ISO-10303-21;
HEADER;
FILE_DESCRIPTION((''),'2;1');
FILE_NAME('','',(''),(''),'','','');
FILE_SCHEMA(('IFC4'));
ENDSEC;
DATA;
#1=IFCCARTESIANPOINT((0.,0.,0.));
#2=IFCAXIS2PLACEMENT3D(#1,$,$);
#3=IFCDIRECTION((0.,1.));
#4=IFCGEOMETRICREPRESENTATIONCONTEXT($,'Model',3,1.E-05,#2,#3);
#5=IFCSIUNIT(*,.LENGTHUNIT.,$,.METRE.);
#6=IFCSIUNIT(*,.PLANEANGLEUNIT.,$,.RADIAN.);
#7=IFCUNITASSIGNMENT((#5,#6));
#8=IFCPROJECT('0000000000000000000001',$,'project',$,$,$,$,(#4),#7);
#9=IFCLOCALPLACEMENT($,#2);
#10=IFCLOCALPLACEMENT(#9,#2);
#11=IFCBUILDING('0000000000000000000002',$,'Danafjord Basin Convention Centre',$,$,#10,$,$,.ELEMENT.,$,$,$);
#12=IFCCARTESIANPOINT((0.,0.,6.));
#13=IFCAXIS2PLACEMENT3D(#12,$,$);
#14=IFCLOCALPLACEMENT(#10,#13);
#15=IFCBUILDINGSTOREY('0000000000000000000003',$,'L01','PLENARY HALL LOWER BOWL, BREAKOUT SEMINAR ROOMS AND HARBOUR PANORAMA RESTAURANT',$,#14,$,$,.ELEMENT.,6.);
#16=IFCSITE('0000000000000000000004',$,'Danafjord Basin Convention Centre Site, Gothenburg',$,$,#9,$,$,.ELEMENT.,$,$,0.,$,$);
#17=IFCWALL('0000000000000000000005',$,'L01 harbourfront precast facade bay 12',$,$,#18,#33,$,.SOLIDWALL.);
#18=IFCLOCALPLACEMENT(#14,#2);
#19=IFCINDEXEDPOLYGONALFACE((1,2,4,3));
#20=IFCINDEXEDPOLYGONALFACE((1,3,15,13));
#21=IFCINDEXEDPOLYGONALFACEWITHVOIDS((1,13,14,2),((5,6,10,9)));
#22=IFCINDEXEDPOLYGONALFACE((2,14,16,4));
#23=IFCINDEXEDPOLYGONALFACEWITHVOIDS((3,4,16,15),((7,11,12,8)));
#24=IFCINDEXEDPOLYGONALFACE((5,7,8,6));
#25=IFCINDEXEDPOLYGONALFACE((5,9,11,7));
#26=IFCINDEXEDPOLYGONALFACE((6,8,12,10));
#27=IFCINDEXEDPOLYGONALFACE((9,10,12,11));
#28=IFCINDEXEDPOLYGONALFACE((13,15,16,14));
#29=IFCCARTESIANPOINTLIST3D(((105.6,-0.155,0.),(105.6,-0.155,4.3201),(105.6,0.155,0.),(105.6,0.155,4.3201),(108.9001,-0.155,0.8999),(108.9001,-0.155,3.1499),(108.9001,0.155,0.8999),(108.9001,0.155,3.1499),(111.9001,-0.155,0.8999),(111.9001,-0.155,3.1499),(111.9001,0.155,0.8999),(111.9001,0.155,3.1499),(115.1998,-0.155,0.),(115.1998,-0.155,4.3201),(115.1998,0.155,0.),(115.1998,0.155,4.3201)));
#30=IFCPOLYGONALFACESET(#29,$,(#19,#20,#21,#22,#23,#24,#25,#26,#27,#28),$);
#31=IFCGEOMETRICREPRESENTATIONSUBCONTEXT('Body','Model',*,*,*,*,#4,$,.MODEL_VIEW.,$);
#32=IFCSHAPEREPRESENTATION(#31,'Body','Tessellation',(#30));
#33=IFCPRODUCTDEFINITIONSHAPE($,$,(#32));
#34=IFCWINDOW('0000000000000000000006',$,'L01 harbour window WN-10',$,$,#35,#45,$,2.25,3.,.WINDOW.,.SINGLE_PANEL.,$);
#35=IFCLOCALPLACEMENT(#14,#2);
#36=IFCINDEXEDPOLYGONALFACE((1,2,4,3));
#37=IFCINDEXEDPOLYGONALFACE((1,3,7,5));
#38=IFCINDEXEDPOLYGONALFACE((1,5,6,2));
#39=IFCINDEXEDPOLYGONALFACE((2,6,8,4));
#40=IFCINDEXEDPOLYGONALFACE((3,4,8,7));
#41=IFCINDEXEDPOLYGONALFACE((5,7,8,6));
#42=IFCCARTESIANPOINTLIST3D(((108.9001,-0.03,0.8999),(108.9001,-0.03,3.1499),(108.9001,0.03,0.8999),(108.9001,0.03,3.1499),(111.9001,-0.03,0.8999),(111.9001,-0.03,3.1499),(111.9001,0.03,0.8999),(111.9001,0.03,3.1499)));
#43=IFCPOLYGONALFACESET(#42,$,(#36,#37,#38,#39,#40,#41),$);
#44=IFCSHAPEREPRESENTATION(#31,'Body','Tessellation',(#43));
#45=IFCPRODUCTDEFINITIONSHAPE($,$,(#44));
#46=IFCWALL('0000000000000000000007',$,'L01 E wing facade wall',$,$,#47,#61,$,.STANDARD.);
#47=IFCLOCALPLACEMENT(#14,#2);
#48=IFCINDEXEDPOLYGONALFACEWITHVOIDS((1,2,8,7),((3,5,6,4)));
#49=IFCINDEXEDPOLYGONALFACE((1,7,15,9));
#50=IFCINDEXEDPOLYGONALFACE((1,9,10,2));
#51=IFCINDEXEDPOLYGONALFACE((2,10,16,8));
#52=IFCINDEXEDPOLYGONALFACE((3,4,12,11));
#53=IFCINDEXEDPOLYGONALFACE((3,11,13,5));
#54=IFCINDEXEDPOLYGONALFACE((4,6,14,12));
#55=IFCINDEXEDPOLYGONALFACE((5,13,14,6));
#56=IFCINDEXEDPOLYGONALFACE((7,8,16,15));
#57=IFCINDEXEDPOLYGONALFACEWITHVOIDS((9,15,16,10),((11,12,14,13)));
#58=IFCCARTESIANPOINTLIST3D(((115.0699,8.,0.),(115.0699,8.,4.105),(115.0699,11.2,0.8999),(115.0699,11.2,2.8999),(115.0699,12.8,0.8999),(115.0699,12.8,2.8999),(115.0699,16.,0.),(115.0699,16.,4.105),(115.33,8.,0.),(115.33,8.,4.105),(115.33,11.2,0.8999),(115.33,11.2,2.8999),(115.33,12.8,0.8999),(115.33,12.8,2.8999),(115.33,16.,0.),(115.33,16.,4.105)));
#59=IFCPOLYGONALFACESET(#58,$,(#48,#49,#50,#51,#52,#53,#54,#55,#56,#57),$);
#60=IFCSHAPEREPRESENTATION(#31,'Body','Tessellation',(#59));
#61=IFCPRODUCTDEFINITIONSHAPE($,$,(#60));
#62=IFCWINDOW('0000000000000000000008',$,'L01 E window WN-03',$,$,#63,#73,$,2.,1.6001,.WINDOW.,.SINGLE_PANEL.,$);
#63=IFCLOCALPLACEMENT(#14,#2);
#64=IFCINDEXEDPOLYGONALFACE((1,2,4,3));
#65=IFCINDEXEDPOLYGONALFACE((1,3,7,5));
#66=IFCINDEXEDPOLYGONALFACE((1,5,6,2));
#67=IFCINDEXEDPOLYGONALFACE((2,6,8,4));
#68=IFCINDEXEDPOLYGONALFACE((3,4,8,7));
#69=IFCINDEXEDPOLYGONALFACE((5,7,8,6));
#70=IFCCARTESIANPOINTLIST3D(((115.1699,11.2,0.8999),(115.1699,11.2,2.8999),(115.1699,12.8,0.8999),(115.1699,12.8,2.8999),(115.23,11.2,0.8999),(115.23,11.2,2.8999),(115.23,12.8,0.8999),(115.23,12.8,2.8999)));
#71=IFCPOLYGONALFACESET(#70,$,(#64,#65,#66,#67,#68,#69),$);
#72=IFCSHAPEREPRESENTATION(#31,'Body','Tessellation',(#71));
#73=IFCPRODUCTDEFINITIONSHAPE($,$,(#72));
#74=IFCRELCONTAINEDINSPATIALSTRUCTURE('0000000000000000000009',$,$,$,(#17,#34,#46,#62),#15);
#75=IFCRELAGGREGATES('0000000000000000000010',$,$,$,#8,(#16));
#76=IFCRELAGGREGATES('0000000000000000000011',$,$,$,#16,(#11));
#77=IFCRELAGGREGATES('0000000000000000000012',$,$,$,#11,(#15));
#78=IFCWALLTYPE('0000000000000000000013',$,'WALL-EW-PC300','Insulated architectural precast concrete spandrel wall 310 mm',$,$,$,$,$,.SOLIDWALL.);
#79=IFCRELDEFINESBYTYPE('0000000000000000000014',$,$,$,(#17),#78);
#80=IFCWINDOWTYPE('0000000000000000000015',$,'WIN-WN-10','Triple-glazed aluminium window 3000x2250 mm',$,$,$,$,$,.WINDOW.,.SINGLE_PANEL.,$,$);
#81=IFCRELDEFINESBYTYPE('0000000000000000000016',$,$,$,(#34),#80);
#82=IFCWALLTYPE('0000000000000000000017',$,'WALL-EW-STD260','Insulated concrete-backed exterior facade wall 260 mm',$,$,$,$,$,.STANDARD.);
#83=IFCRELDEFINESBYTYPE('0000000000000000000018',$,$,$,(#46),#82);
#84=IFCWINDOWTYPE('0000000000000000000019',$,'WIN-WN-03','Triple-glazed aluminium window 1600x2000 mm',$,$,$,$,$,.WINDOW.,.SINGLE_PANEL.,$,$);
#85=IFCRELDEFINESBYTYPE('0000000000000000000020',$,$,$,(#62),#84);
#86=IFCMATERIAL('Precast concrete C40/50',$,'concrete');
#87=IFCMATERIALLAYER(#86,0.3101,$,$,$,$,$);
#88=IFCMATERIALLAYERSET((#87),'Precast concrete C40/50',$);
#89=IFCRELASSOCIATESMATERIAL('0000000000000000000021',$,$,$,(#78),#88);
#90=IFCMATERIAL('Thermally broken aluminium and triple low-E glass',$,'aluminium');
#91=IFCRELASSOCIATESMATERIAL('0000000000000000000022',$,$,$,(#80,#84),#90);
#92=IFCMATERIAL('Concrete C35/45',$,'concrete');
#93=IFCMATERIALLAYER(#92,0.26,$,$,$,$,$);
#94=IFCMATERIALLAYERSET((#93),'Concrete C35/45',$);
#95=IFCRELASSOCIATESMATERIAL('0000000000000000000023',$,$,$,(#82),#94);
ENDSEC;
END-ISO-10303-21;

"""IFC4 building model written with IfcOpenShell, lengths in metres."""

from ifc_helpers import new_model, si_unit, direction, frame, frame_2d, origin, place, context, subcontext, project, spatial, rectangle, extrude, material, layer, layer_set, type_object, element, fill, save


model = new_model("IFC4")

# Units and contexts
model_context = context("Model", 3, precision=1e-05, world=origin(), true_north=direction((0.0, 1.0)))
body_context = subcontext(model_context, "Body", "Model", "MODEL_VIEW")
ifc_project = project(units=[si_unit("LENGTHUNIT", "METRE"), si_unit("PLANEANGLEUNIT", "RADIAN")], contexts=[model_context])

# Site, building, storey
site_placement = place(None, origin())
site = spatial("IfcSite", under=ifc_project, at=site_placement, Name="Danafjord Basin Convention Centre Site, Gothenburg", CompositionType="ELEMENT", RefElevation=0.0)
building_placement = place(site_placement, origin())
building = spatial("IfcBuilding", under=site, at=building_placement, Name="Danafjord Basin Convention Centre", CompositionType="ELEMENT")
storey_placement = place(building_placement, frame((0.0, 0.0, 6.0)))
storey = spatial("IfcBuildingStorey", under=building, at=storey_placement, Name="L01", Description="PLENARY HALL LOWER BOWL, BREAKOUT SEMINAR ROOMS AND HARBOUR PANORAMA RESTAURANT", CompositionType="ELEMENT", Elevation=6.0)

# Walls, openings, windows
ifc_material_1 = material(Name="Precast concrete C40/50", Category="concrete")
ifc_layer_1 = layer(ifc_material_1, 0.3101)
ifc_layer_set_1 = layer_set([ifc_layer_1], Name="Precast concrete C40/50")
wall_type_1 = type_object("IfcWallType", Name="WALL-EW-PC300", Description="Insulated architectural precast concrete spandrel wall 310 mm", PredefinedType="SOLIDWALL", material=ifc_layer_set_1)
wall_1_placement = place(storey_placement, frame((105.6001, 0.0, 0.0), z_axis=(0.0, 0.0, 1.0), x_axis=(1.0, 0.0, 0.0)))
wall_1 = element("IfcWall", 1, at=wall_1_placement, inside=storey, type_object=wall_type_1, Name="L01 harbourfront precast facade bay 12", PredefinedType="SOLIDWALL", context=body_context, shape_type="SweptSolid", body=[
    extrude(rectangle(XDim=9.5999, YDim=0.3101, at=frame_2d((4.7998, 0.0))), origin(), (0.0, 0.0, 1.0), 4.3201),
])
opening_1_placement = place(wall_1_placement, frame((3.3, 0.0, 0.8999)))
opening_1 = element("IfcOpeningElement", 2, at=opening_1_placement, cuts=wall_1, PredefinedType="OPENING", context=body_context, shape_type="SweptSolid", body=[
    extrude(rectangle(XDim=3.0, YDim=2.25, at=frame_2d((1.5, 1.125))), frame((0.0, 0.165, 0.0), z_axis=(0.0, -1.0, 0.0), x_axis=(1.0, 0.0, 0.0)), (0.0, 0.0, 1.0), 0.3301),
])
ifc_material_2 = material(Name="Thermally broken aluminium and triple low-E glass", Category="aluminium")
window_type_1 = type_object("IfcWindowType", Name="WIN-WN-10", Description="Triple-glazed aluminium window 3000x2250 mm", PartitioningType="SINGLE_PANEL", PredefinedType="WINDOW", material=ifc_material_2)
window_1_placement = place(opening_1_placement, origin())
window_1 = element("IfcWindow", 3, at=window_1_placement, inside=storey, type_object=window_type_1, Name="L01 harbour window WN-10", OverallHeight=2.25, OverallWidth=3.0, PartitioningType="SINGLE_PANEL", PredefinedType="WINDOW", context=body_context, shape_type="SweptSolid", body=[
    extrude(rectangle(XDim=3.0, YDim=2.25, at=frame_2d((1.5, 1.125))), frame((0.0, 0.03, 0.0), z_axis=(0.0, -1.0, 0.0), x_axis=(1.0, 0.0, 0.0)), (0.0, 0.0, 1.0), 0.0601),
])
fill(opening_1, window_1)
ifc_material_3 = material(Name="Concrete C35/45", Category="concrete")
ifc_layer_2 = layer(ifc_material_3, 0.26)
ifc_layer_set_2 = layer_set([ifc_layer_2], Name="Concrete C35/45")
wall_type_2 = type_object("IfcWallType", Name="WALL-EW-STD260", Description="Insulated concrete-backed exterior facade wall 260 mm", PredefinedType="STANDARD", material=ifc_layer_set_2)
wall_2_placement = place(storey_placement, frame((115.2, 8.0, 0.0), z_axis=(0.0, 0.0, 1.0), x_axis=(0.0, 1.0, 0.0)))
wall_2 = element("IfcWall", 4, at=wall_2_placement, inside=storey, type_object=wall_type_2, Name="L01 E wing facade wall", PredefinedType="STANDARD", context=body_context, shape_type="SweptSolid", body=[
    extrude(rectangle(XDim=8.0, YDim=0.26, at=frame_2d((4.0, 0.0))), origin(), (0.0, 0.0, 1.0), 4.105),
])
opening_2_placement = place(wall_2_placement, frame((3.2, 0.0, 0.8999)))
opening_2 = element("IfcOpeningElement", 5, at=opening_2_placement, cuts=wall_2, PredefinedType="OPENING", context=body_context, shape_type="SweptSolid", body=[
    extrude(rectangle(XDim=1.6001, YDim=2.0, at=frame_2d((0.8, 1.0))), frame((0.0, 0.1399, 0.0), z_axis=(0.0, -1.0, 0.0), x_axis=(1.0, 0.0, 0.0)), (0.0, 0.0, 1.0), 0.28),
])
window_type_2 = type_object("IfcWindowType", Name="WIN-WN-03", Description="Triple-glazed aluminium window 1600x2000 mm", PartitioningType="SINGLE_PANEL", PredefinedType="WINDOW", material=ifc_material_2)
window_2_placement = place(opening_2_placement, origin())
window_2 = element("IfcWindow", 6, at=window_2_placement, inside=storey, type_object=window_type_2, Name="L01 E window WN-03", OverallHeight=2.0, OverallWidth=1.6001, PartitioningType="SINGLE_PANEL", PredefinedType="WINDOW", context=body_context, shape_type="SweptSolid", body=[
    extrude(rectangle(XDim=1.6001, YDim=2.0, at=frame_2d((0.8, 1.0))), frame((0.0, 0.03, 0.0), z_axis=(0.0, -1.0, 0.0), x_axis=(1.0, 0.0, 0.0)), (0.0, 0.0, 1.0), 0.0601),
])
fill(opening_2, window_2)

save(model, "model.ifc")
